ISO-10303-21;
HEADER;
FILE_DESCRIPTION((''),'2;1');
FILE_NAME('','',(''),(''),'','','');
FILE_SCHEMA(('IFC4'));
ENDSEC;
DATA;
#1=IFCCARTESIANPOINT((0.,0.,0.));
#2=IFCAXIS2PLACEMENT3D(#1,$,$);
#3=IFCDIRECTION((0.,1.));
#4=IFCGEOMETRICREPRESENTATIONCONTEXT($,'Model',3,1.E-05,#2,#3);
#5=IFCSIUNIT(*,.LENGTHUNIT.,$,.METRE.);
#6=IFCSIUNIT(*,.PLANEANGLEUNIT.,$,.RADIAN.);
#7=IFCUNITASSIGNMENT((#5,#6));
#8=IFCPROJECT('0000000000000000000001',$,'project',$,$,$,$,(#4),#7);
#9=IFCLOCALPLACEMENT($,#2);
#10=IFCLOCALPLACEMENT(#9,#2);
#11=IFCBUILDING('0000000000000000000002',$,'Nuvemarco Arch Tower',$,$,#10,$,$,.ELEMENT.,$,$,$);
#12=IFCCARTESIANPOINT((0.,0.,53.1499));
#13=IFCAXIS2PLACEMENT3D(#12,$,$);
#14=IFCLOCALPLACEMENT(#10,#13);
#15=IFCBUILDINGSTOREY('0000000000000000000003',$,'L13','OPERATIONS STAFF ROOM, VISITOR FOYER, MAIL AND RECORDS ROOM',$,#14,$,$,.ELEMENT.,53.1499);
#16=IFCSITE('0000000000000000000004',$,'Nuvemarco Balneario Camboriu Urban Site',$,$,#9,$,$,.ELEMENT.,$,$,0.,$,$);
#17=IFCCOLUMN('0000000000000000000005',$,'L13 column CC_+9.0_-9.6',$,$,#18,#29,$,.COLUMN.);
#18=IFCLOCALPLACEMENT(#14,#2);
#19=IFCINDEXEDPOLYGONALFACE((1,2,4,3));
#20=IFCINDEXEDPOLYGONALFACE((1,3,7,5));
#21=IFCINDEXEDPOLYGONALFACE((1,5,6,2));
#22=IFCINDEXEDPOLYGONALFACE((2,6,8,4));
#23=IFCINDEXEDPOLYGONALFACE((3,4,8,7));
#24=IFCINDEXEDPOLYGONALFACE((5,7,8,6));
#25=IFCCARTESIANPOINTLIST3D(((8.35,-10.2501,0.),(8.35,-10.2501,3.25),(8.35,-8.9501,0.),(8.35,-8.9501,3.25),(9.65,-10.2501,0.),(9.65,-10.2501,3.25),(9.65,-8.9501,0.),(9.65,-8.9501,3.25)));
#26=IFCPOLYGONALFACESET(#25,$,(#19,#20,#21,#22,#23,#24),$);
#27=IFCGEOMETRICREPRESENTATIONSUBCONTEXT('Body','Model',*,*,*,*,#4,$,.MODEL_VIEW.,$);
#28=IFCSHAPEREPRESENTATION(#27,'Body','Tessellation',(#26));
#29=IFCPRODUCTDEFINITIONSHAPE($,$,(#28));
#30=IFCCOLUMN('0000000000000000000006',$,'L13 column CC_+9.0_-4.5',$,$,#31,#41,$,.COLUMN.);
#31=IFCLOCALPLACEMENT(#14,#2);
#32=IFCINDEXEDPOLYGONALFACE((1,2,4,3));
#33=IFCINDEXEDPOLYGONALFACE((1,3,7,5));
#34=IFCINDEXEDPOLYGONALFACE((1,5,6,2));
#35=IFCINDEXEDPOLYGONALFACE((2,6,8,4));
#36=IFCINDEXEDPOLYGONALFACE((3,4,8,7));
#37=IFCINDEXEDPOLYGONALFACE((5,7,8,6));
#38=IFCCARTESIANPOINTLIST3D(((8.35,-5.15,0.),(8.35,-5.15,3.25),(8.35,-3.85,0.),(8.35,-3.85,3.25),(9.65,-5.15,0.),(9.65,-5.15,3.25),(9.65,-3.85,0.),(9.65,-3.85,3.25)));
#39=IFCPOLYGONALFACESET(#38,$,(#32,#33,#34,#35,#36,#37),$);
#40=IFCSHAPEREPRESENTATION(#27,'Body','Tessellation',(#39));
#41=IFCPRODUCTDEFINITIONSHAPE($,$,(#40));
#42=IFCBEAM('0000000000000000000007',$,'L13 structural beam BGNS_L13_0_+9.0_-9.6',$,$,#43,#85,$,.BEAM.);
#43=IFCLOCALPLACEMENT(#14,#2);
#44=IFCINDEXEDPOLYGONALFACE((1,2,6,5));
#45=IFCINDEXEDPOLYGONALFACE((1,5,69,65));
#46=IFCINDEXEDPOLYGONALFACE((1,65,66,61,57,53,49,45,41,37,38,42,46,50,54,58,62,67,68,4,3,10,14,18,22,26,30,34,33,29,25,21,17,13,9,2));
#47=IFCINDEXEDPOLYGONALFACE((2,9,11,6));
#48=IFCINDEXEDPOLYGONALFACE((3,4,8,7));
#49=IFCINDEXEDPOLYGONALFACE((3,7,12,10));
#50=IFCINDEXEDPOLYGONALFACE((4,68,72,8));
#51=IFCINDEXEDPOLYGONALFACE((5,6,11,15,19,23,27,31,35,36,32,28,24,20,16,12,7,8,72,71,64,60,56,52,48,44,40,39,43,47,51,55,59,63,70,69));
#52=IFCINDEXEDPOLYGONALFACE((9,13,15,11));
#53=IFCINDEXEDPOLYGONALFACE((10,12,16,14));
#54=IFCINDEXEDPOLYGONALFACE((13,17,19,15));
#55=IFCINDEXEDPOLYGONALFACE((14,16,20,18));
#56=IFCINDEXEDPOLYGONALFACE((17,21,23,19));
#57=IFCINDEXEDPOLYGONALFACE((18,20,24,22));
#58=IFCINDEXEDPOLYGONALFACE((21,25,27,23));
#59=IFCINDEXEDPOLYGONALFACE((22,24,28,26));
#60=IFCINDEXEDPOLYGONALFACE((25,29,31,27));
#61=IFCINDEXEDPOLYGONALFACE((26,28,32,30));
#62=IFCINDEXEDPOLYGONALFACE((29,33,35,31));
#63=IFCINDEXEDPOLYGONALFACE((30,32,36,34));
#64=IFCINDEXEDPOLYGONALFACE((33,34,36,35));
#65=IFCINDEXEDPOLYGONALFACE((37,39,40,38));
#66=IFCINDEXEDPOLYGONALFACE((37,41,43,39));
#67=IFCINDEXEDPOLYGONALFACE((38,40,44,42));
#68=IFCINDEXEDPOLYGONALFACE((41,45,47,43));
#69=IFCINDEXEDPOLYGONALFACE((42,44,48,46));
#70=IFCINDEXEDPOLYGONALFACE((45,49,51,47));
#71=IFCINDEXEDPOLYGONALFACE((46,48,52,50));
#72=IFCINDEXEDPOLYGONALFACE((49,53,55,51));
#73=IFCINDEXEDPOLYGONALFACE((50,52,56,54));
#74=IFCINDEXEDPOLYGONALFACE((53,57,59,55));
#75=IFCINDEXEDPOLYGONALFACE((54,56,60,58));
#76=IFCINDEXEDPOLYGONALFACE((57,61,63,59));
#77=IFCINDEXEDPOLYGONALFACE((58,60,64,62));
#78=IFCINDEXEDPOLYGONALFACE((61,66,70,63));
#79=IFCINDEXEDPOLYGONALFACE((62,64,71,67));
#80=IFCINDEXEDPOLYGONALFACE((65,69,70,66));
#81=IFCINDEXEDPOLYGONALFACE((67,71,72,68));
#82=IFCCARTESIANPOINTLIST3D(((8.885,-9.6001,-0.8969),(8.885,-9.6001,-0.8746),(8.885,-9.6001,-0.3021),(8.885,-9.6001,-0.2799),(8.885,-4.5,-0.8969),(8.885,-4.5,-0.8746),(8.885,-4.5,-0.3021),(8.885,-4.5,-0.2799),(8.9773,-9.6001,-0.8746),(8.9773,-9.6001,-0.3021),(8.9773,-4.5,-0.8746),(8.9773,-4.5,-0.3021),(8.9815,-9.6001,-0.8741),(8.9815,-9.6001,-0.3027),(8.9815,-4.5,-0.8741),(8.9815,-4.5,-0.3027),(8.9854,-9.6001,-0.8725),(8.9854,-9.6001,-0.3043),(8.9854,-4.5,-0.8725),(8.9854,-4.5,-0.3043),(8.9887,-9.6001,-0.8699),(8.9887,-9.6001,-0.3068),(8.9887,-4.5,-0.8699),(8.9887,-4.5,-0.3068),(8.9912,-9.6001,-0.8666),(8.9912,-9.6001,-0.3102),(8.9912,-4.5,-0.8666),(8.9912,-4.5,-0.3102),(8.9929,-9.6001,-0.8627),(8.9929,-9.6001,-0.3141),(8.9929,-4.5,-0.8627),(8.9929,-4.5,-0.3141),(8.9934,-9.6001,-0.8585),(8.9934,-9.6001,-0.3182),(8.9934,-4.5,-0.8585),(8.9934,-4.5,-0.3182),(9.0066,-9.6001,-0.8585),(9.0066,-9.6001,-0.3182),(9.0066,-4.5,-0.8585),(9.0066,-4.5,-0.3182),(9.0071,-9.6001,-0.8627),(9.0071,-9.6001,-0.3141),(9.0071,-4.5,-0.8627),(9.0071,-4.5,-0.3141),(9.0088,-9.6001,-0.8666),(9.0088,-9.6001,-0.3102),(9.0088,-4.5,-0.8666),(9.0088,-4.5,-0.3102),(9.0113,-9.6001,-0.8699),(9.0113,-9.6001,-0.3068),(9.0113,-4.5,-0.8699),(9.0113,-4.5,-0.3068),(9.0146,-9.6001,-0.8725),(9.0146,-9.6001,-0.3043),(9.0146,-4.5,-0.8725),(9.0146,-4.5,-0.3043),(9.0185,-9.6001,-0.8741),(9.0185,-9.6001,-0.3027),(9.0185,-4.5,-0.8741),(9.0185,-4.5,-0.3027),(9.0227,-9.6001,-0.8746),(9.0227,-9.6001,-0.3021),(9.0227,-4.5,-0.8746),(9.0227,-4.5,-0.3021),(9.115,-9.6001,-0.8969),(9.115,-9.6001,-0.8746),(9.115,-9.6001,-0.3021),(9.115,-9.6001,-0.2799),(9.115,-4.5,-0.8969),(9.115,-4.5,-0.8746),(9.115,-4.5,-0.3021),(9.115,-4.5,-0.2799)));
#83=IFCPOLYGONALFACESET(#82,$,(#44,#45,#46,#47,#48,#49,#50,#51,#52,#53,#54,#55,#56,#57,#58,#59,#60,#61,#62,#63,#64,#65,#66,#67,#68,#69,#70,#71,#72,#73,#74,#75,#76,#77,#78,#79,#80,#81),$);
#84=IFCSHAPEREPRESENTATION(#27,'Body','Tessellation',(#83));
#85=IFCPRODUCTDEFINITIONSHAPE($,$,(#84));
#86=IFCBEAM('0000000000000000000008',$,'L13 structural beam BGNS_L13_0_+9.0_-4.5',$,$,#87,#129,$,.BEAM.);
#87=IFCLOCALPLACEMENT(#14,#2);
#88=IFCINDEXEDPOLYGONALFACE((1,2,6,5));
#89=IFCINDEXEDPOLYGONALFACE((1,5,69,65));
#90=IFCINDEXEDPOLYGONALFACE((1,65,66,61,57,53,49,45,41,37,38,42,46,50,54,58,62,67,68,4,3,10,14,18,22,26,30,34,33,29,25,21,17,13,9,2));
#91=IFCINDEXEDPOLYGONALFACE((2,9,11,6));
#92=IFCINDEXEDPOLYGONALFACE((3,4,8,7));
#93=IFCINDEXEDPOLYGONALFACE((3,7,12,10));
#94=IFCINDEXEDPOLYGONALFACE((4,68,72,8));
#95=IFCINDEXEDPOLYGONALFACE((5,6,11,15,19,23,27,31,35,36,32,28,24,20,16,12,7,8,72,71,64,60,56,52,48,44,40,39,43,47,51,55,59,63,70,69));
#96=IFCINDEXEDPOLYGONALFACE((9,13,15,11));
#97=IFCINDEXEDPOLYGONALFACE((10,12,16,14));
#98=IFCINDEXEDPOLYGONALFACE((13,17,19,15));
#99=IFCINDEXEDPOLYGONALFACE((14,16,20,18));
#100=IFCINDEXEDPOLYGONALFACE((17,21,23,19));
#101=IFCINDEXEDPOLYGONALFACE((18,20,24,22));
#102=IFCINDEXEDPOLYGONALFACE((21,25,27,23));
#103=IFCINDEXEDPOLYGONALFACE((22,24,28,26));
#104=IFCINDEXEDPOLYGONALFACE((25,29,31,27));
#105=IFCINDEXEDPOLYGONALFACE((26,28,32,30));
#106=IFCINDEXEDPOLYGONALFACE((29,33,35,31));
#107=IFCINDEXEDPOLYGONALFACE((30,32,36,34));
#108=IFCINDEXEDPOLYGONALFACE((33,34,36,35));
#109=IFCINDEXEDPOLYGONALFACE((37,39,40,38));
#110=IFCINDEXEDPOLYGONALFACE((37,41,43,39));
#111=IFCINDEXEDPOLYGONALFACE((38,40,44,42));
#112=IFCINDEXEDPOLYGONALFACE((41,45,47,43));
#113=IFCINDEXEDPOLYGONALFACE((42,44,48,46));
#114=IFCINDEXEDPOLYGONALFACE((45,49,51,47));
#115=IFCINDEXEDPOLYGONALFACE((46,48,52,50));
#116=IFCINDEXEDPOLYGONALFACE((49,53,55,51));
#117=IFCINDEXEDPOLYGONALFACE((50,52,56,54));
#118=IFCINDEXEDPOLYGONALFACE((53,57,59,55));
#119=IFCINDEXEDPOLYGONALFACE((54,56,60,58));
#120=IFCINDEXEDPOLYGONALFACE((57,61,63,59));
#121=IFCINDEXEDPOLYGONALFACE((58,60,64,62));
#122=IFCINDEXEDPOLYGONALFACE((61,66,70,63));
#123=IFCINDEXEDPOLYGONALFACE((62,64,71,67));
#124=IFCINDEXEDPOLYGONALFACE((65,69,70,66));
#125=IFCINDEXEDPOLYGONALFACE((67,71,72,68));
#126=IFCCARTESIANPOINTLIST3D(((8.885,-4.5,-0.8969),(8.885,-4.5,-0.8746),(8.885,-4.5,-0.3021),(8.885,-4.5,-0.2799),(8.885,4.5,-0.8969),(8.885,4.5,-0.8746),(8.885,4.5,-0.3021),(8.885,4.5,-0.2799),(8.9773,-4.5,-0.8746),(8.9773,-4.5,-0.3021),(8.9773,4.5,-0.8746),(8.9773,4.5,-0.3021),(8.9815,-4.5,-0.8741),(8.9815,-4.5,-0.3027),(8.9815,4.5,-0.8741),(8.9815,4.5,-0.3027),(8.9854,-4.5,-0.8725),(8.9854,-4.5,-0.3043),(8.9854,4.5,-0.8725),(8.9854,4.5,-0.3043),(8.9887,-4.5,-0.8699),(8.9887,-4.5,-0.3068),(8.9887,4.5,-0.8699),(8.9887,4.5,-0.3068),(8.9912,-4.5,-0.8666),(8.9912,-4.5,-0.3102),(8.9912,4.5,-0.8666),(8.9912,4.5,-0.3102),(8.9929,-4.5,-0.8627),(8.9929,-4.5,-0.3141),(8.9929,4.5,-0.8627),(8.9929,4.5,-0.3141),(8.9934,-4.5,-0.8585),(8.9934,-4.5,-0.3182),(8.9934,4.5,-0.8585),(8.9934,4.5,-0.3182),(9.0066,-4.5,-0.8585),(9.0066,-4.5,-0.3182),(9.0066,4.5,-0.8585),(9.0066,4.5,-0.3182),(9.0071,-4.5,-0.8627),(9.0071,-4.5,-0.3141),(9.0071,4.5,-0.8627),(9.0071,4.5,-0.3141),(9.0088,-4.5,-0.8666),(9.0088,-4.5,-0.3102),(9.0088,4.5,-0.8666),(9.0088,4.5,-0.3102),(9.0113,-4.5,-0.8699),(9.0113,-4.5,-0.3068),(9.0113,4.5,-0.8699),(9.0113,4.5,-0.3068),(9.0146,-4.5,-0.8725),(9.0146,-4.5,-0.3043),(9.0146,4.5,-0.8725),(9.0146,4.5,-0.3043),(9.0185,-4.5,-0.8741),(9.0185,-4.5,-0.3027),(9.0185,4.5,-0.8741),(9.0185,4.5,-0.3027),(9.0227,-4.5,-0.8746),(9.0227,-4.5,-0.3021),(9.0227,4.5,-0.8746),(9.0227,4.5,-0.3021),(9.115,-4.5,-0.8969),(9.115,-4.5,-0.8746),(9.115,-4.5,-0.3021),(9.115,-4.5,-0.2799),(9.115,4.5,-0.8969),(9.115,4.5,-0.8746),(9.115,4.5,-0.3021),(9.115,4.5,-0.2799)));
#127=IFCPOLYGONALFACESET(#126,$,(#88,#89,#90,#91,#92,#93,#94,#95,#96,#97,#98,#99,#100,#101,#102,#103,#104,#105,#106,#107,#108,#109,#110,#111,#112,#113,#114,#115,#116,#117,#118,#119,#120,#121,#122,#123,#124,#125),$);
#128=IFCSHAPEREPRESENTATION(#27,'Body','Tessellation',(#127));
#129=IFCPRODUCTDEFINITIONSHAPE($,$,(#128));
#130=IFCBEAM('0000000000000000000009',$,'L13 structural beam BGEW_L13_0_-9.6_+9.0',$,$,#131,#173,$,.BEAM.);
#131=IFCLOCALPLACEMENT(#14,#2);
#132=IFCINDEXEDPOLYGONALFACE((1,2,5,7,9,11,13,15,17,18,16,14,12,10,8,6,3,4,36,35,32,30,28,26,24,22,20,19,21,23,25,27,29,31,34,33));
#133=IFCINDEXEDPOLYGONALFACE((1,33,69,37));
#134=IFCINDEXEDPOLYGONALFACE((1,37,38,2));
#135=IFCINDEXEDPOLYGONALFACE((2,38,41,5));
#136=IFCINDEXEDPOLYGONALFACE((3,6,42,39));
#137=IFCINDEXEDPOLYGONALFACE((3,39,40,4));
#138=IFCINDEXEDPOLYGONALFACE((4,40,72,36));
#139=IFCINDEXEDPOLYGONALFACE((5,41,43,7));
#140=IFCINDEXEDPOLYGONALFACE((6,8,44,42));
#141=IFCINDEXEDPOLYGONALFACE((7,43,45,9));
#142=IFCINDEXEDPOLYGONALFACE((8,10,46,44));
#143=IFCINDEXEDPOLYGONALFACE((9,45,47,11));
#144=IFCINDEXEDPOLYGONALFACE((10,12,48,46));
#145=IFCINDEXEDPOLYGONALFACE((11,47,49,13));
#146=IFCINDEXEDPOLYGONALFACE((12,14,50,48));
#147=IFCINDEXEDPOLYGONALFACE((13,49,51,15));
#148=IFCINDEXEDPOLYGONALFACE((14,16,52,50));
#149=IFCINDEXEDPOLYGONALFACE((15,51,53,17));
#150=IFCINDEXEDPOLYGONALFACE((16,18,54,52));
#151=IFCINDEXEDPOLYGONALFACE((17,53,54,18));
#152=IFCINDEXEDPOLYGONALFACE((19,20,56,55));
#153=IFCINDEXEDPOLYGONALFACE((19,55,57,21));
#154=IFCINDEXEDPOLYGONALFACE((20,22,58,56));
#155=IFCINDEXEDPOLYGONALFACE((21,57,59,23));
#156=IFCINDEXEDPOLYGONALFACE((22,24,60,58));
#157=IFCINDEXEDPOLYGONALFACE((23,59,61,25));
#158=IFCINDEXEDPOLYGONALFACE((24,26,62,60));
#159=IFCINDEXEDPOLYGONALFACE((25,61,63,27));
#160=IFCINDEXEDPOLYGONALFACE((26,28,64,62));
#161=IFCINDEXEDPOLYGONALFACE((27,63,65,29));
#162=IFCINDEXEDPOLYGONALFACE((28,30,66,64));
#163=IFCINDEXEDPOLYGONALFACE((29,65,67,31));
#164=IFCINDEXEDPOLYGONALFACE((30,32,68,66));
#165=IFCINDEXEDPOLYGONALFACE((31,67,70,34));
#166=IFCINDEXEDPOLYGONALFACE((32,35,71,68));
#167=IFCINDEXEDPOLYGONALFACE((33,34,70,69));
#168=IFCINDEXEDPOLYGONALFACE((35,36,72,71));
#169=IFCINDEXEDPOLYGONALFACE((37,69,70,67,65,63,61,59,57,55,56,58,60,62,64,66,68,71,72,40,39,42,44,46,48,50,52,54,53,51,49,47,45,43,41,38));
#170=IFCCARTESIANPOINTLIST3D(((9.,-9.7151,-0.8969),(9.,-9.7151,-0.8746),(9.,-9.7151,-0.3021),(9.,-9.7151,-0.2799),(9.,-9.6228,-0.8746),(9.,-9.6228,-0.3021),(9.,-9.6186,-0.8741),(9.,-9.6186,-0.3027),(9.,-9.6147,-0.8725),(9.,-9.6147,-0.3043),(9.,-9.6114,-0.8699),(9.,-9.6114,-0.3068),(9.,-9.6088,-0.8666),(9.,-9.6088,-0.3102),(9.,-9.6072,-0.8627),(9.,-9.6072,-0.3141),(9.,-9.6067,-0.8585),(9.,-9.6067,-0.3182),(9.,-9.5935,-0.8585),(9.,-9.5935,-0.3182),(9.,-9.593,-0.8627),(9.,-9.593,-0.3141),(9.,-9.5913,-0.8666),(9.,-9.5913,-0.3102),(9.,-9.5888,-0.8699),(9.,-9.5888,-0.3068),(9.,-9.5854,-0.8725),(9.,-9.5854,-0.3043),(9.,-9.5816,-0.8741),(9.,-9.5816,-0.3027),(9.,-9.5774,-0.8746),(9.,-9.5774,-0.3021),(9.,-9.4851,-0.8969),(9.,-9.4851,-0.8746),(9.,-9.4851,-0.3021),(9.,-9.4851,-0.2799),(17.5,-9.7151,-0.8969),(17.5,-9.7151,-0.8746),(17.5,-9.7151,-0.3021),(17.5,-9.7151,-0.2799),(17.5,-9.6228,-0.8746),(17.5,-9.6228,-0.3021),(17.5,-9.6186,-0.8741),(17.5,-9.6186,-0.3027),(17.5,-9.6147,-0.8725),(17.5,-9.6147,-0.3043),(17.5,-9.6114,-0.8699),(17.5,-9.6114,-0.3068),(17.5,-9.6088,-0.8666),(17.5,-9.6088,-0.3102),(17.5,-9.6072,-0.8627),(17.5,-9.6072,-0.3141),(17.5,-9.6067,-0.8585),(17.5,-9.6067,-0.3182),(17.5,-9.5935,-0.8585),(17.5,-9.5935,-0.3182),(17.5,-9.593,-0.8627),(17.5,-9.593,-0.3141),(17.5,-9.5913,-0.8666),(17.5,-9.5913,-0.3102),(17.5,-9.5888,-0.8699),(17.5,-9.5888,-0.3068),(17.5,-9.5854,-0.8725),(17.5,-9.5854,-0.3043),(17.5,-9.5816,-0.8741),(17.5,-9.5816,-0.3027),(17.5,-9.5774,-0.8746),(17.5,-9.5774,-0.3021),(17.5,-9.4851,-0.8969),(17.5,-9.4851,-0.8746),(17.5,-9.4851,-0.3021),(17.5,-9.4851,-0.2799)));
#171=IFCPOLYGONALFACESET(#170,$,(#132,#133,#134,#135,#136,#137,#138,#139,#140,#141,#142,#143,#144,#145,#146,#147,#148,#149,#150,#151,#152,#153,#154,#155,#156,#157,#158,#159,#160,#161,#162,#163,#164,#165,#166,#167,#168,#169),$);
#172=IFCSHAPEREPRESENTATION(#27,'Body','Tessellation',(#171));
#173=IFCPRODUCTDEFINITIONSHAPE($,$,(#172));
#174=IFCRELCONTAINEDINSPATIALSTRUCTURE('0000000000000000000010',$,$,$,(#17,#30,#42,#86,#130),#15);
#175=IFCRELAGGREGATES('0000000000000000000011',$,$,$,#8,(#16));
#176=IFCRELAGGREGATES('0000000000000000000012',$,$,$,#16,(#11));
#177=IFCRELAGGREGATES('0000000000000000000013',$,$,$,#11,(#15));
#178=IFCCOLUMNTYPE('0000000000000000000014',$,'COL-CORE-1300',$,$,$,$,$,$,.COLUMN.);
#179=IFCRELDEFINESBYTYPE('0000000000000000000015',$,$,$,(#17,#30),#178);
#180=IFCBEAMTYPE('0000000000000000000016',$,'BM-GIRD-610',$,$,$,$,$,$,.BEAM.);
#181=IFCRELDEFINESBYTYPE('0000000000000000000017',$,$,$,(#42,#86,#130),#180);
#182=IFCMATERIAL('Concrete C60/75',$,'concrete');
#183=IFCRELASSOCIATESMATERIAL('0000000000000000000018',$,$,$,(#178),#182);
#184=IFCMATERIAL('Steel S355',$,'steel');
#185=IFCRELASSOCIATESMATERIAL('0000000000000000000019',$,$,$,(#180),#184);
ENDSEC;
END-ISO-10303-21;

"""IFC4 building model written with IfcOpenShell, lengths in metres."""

from ifc_helpers import new_model, si_unit, direction, frame, origin, origin_2d, place, context, subcontext, project, spatial, rectangle, i_section, extrude, material, material_profile, profile_set, type_object, element, save


model = new_model("IFC4")

# Units and contexts
model_context = context("Model", 3, precision=1e-05, world=origin(), true_north=direction((0.0, 1.0)))
body_context = subcontext(model_context, "Body", "Model", "MODEL_VIEW")
ifc_project = project(units=[si_unit("LENGTHUNIT", "METRE"), si_unit("PLANEANGLEUNIT", "RADIAN")], contexts=[model_context])

# Site, building, storey
site_placement = place(None, origin())
site = spatial("IfcSite", under=ifc_project, at=site_placement, Name="Nuvemarco Balneario Camboriu Urban Site", CompositionType="ELEMENT", RefElevation=0.0)
building_placement = place(site_placement, origin())
building = spatial("IfcBuilding", under=site, at=building_placement, Name="Nuvemarco Arch Tower", CompositionType="ELEMENT")
storey_placement = place(building_placement, frame((0.0, 0.0, 53.1499)))
storey = spatial("IfcBuildingStorey", under=building, at=storey_placement, Name="L13", Description="OPERATIONS STAFF ROOM, VISITOR FOYER, MAIL AND RECORDS ROOM", CompositionType="ELEMENT", Elevation=53.1499)

# Columns
ifc_material_1 = material(Name="Concrete C60/75", Category="concrete")
ifc_material_profile_1 = material_profile(ifc_material_1, rectangle(XDim=1.3, YDim=1.3, at=origin_2d()), Name="RC-COL-1300x1300")
ifc_profile_set_1 = profile_set([ifc_material_profile_1], Name="Concrete C60/75")
column_type = type_object("IfcColumnType", Name="COL-CORE-1300", PredefinedType="COLUMN", material=ifc_profile_set_1)
for number, where, z_axis, x_axis, name in (
    (1, (9.0, -9.6001, 0.0), (0.0, 0.0, 1.0), (1.0, 0.0, 0.0), "L13 column CC_+9.0_-9.6"),
    (2, (9.0, -4.5, 0.0), (0.0, 0.0, 1.0), (1.0, 0.0, 0.0), "L13 column CC_+9.0_-4.5"),
):
    element("IfcColumn", number, at=place(storey_placement, frame(where, z_axis=z_axis, x_axis=x_axis)), inside=storey, type_object=column_type, Name=name, PredefinedType="COLUMN", context=body_context, shape_type="SweptSolid", body=[
        extrude(rectangle(XDim=1.3, YDim=1.3, at=origin_2d()), origin(), (0.0, 0.0, 1.0), 3.25),
    ])

# Beams
ifc_material_2 = material(Name="Steel S355", Category="steel")
ifc_material_profile_2 = material_profile(ifc_material_2, i_section(OverallWidth=0.23, OverallDepth=0.6169, WebThickness=0.0132, FlangeThickness=0.0222, FilletRadius=0.0161, at=origin_2d()), Name="W610x140")
ifc_profile_set_2 = profile_set([ifc_material_profile_2], Name="Steel S355")
beam_type = type_object("IfcBeamType", Name="BM-GIRD-610", PredefinedType="BEAM", material=ifc_profile_set_2)
beam_1_placement = place(storey_placement, frame((9.0, -9.6001, -0.5884), z_axis=(0.0, 1.0, 0.0), x_axis=(-1.0, 0.0, 0.0)))
element("IfcBeam", 3, at=beam_1_placement, inside=storey, type_object=beam_type, Name="L13 structural beam BGNS_L13_0_+9.0_-9.6", PredefinedType="BEAM", context=body_context, shape_type="SweptSolid", body=[
    extrude(i_section(OverallWidth=0.23, OverallDepth=0.6169, WebThickness=0.0132, FlangeThickness=0.0222, FilletRadius=0.0161, at=origin_2d()), origin(), (0.0, 0.0, 1.0), 5.1001),
])
beam_2_placement = place(storey_placement, frame((9.0, -4.5, -0.5884), z_axis=(0.0, 1.0, 0.0), x_axis=(-1.0, 0.0, 0.0)))
element("IfcBeam", 4, at=beam_2_placement, inside=storey, type_object=beam_type, Name="L13 structural beam BGNS_L13_0_+9.0_-4.5", PredefinedType="BEAM", context=body_context, shape_type="SweptSolid", body=[
    extrude(i_section(OverallWidth=0.23, OverallDepth=0.6169, WebThickness=0.0132, FlangeThickness=0.0222, FilletRadius=0.0161, at=origin_2d()), origin(), (0.0, 0.0, 1.0), 9.0),
])
beam_3_placement = place(storey_placement, frame((9.0, -9.6001, -0.5884), z_axis=(1.0, 0.0, 0.0), x_axis=(0.0, 1.0, 0.0)))
element("IfcBeam", 5, at=beam_3_placement, inside=storey, type_object=beam_type, Name="L13 structural beam BGEW_L13_0_-9.6_+9.0", PredefinedType="BEAM", context=body_context, shape_type="SweptSolid", body=[
    extrude(i_section(OverallWidth=0.23, OverallDepth=0.6169, WebThickness=0.0132, FlangeThickness=0.0222, FilletRadius=0.0161, at=origin_2d()), origin(), (0.0, 0.0, 1.0), 8.5),
])

save(model, "model.ifc")
